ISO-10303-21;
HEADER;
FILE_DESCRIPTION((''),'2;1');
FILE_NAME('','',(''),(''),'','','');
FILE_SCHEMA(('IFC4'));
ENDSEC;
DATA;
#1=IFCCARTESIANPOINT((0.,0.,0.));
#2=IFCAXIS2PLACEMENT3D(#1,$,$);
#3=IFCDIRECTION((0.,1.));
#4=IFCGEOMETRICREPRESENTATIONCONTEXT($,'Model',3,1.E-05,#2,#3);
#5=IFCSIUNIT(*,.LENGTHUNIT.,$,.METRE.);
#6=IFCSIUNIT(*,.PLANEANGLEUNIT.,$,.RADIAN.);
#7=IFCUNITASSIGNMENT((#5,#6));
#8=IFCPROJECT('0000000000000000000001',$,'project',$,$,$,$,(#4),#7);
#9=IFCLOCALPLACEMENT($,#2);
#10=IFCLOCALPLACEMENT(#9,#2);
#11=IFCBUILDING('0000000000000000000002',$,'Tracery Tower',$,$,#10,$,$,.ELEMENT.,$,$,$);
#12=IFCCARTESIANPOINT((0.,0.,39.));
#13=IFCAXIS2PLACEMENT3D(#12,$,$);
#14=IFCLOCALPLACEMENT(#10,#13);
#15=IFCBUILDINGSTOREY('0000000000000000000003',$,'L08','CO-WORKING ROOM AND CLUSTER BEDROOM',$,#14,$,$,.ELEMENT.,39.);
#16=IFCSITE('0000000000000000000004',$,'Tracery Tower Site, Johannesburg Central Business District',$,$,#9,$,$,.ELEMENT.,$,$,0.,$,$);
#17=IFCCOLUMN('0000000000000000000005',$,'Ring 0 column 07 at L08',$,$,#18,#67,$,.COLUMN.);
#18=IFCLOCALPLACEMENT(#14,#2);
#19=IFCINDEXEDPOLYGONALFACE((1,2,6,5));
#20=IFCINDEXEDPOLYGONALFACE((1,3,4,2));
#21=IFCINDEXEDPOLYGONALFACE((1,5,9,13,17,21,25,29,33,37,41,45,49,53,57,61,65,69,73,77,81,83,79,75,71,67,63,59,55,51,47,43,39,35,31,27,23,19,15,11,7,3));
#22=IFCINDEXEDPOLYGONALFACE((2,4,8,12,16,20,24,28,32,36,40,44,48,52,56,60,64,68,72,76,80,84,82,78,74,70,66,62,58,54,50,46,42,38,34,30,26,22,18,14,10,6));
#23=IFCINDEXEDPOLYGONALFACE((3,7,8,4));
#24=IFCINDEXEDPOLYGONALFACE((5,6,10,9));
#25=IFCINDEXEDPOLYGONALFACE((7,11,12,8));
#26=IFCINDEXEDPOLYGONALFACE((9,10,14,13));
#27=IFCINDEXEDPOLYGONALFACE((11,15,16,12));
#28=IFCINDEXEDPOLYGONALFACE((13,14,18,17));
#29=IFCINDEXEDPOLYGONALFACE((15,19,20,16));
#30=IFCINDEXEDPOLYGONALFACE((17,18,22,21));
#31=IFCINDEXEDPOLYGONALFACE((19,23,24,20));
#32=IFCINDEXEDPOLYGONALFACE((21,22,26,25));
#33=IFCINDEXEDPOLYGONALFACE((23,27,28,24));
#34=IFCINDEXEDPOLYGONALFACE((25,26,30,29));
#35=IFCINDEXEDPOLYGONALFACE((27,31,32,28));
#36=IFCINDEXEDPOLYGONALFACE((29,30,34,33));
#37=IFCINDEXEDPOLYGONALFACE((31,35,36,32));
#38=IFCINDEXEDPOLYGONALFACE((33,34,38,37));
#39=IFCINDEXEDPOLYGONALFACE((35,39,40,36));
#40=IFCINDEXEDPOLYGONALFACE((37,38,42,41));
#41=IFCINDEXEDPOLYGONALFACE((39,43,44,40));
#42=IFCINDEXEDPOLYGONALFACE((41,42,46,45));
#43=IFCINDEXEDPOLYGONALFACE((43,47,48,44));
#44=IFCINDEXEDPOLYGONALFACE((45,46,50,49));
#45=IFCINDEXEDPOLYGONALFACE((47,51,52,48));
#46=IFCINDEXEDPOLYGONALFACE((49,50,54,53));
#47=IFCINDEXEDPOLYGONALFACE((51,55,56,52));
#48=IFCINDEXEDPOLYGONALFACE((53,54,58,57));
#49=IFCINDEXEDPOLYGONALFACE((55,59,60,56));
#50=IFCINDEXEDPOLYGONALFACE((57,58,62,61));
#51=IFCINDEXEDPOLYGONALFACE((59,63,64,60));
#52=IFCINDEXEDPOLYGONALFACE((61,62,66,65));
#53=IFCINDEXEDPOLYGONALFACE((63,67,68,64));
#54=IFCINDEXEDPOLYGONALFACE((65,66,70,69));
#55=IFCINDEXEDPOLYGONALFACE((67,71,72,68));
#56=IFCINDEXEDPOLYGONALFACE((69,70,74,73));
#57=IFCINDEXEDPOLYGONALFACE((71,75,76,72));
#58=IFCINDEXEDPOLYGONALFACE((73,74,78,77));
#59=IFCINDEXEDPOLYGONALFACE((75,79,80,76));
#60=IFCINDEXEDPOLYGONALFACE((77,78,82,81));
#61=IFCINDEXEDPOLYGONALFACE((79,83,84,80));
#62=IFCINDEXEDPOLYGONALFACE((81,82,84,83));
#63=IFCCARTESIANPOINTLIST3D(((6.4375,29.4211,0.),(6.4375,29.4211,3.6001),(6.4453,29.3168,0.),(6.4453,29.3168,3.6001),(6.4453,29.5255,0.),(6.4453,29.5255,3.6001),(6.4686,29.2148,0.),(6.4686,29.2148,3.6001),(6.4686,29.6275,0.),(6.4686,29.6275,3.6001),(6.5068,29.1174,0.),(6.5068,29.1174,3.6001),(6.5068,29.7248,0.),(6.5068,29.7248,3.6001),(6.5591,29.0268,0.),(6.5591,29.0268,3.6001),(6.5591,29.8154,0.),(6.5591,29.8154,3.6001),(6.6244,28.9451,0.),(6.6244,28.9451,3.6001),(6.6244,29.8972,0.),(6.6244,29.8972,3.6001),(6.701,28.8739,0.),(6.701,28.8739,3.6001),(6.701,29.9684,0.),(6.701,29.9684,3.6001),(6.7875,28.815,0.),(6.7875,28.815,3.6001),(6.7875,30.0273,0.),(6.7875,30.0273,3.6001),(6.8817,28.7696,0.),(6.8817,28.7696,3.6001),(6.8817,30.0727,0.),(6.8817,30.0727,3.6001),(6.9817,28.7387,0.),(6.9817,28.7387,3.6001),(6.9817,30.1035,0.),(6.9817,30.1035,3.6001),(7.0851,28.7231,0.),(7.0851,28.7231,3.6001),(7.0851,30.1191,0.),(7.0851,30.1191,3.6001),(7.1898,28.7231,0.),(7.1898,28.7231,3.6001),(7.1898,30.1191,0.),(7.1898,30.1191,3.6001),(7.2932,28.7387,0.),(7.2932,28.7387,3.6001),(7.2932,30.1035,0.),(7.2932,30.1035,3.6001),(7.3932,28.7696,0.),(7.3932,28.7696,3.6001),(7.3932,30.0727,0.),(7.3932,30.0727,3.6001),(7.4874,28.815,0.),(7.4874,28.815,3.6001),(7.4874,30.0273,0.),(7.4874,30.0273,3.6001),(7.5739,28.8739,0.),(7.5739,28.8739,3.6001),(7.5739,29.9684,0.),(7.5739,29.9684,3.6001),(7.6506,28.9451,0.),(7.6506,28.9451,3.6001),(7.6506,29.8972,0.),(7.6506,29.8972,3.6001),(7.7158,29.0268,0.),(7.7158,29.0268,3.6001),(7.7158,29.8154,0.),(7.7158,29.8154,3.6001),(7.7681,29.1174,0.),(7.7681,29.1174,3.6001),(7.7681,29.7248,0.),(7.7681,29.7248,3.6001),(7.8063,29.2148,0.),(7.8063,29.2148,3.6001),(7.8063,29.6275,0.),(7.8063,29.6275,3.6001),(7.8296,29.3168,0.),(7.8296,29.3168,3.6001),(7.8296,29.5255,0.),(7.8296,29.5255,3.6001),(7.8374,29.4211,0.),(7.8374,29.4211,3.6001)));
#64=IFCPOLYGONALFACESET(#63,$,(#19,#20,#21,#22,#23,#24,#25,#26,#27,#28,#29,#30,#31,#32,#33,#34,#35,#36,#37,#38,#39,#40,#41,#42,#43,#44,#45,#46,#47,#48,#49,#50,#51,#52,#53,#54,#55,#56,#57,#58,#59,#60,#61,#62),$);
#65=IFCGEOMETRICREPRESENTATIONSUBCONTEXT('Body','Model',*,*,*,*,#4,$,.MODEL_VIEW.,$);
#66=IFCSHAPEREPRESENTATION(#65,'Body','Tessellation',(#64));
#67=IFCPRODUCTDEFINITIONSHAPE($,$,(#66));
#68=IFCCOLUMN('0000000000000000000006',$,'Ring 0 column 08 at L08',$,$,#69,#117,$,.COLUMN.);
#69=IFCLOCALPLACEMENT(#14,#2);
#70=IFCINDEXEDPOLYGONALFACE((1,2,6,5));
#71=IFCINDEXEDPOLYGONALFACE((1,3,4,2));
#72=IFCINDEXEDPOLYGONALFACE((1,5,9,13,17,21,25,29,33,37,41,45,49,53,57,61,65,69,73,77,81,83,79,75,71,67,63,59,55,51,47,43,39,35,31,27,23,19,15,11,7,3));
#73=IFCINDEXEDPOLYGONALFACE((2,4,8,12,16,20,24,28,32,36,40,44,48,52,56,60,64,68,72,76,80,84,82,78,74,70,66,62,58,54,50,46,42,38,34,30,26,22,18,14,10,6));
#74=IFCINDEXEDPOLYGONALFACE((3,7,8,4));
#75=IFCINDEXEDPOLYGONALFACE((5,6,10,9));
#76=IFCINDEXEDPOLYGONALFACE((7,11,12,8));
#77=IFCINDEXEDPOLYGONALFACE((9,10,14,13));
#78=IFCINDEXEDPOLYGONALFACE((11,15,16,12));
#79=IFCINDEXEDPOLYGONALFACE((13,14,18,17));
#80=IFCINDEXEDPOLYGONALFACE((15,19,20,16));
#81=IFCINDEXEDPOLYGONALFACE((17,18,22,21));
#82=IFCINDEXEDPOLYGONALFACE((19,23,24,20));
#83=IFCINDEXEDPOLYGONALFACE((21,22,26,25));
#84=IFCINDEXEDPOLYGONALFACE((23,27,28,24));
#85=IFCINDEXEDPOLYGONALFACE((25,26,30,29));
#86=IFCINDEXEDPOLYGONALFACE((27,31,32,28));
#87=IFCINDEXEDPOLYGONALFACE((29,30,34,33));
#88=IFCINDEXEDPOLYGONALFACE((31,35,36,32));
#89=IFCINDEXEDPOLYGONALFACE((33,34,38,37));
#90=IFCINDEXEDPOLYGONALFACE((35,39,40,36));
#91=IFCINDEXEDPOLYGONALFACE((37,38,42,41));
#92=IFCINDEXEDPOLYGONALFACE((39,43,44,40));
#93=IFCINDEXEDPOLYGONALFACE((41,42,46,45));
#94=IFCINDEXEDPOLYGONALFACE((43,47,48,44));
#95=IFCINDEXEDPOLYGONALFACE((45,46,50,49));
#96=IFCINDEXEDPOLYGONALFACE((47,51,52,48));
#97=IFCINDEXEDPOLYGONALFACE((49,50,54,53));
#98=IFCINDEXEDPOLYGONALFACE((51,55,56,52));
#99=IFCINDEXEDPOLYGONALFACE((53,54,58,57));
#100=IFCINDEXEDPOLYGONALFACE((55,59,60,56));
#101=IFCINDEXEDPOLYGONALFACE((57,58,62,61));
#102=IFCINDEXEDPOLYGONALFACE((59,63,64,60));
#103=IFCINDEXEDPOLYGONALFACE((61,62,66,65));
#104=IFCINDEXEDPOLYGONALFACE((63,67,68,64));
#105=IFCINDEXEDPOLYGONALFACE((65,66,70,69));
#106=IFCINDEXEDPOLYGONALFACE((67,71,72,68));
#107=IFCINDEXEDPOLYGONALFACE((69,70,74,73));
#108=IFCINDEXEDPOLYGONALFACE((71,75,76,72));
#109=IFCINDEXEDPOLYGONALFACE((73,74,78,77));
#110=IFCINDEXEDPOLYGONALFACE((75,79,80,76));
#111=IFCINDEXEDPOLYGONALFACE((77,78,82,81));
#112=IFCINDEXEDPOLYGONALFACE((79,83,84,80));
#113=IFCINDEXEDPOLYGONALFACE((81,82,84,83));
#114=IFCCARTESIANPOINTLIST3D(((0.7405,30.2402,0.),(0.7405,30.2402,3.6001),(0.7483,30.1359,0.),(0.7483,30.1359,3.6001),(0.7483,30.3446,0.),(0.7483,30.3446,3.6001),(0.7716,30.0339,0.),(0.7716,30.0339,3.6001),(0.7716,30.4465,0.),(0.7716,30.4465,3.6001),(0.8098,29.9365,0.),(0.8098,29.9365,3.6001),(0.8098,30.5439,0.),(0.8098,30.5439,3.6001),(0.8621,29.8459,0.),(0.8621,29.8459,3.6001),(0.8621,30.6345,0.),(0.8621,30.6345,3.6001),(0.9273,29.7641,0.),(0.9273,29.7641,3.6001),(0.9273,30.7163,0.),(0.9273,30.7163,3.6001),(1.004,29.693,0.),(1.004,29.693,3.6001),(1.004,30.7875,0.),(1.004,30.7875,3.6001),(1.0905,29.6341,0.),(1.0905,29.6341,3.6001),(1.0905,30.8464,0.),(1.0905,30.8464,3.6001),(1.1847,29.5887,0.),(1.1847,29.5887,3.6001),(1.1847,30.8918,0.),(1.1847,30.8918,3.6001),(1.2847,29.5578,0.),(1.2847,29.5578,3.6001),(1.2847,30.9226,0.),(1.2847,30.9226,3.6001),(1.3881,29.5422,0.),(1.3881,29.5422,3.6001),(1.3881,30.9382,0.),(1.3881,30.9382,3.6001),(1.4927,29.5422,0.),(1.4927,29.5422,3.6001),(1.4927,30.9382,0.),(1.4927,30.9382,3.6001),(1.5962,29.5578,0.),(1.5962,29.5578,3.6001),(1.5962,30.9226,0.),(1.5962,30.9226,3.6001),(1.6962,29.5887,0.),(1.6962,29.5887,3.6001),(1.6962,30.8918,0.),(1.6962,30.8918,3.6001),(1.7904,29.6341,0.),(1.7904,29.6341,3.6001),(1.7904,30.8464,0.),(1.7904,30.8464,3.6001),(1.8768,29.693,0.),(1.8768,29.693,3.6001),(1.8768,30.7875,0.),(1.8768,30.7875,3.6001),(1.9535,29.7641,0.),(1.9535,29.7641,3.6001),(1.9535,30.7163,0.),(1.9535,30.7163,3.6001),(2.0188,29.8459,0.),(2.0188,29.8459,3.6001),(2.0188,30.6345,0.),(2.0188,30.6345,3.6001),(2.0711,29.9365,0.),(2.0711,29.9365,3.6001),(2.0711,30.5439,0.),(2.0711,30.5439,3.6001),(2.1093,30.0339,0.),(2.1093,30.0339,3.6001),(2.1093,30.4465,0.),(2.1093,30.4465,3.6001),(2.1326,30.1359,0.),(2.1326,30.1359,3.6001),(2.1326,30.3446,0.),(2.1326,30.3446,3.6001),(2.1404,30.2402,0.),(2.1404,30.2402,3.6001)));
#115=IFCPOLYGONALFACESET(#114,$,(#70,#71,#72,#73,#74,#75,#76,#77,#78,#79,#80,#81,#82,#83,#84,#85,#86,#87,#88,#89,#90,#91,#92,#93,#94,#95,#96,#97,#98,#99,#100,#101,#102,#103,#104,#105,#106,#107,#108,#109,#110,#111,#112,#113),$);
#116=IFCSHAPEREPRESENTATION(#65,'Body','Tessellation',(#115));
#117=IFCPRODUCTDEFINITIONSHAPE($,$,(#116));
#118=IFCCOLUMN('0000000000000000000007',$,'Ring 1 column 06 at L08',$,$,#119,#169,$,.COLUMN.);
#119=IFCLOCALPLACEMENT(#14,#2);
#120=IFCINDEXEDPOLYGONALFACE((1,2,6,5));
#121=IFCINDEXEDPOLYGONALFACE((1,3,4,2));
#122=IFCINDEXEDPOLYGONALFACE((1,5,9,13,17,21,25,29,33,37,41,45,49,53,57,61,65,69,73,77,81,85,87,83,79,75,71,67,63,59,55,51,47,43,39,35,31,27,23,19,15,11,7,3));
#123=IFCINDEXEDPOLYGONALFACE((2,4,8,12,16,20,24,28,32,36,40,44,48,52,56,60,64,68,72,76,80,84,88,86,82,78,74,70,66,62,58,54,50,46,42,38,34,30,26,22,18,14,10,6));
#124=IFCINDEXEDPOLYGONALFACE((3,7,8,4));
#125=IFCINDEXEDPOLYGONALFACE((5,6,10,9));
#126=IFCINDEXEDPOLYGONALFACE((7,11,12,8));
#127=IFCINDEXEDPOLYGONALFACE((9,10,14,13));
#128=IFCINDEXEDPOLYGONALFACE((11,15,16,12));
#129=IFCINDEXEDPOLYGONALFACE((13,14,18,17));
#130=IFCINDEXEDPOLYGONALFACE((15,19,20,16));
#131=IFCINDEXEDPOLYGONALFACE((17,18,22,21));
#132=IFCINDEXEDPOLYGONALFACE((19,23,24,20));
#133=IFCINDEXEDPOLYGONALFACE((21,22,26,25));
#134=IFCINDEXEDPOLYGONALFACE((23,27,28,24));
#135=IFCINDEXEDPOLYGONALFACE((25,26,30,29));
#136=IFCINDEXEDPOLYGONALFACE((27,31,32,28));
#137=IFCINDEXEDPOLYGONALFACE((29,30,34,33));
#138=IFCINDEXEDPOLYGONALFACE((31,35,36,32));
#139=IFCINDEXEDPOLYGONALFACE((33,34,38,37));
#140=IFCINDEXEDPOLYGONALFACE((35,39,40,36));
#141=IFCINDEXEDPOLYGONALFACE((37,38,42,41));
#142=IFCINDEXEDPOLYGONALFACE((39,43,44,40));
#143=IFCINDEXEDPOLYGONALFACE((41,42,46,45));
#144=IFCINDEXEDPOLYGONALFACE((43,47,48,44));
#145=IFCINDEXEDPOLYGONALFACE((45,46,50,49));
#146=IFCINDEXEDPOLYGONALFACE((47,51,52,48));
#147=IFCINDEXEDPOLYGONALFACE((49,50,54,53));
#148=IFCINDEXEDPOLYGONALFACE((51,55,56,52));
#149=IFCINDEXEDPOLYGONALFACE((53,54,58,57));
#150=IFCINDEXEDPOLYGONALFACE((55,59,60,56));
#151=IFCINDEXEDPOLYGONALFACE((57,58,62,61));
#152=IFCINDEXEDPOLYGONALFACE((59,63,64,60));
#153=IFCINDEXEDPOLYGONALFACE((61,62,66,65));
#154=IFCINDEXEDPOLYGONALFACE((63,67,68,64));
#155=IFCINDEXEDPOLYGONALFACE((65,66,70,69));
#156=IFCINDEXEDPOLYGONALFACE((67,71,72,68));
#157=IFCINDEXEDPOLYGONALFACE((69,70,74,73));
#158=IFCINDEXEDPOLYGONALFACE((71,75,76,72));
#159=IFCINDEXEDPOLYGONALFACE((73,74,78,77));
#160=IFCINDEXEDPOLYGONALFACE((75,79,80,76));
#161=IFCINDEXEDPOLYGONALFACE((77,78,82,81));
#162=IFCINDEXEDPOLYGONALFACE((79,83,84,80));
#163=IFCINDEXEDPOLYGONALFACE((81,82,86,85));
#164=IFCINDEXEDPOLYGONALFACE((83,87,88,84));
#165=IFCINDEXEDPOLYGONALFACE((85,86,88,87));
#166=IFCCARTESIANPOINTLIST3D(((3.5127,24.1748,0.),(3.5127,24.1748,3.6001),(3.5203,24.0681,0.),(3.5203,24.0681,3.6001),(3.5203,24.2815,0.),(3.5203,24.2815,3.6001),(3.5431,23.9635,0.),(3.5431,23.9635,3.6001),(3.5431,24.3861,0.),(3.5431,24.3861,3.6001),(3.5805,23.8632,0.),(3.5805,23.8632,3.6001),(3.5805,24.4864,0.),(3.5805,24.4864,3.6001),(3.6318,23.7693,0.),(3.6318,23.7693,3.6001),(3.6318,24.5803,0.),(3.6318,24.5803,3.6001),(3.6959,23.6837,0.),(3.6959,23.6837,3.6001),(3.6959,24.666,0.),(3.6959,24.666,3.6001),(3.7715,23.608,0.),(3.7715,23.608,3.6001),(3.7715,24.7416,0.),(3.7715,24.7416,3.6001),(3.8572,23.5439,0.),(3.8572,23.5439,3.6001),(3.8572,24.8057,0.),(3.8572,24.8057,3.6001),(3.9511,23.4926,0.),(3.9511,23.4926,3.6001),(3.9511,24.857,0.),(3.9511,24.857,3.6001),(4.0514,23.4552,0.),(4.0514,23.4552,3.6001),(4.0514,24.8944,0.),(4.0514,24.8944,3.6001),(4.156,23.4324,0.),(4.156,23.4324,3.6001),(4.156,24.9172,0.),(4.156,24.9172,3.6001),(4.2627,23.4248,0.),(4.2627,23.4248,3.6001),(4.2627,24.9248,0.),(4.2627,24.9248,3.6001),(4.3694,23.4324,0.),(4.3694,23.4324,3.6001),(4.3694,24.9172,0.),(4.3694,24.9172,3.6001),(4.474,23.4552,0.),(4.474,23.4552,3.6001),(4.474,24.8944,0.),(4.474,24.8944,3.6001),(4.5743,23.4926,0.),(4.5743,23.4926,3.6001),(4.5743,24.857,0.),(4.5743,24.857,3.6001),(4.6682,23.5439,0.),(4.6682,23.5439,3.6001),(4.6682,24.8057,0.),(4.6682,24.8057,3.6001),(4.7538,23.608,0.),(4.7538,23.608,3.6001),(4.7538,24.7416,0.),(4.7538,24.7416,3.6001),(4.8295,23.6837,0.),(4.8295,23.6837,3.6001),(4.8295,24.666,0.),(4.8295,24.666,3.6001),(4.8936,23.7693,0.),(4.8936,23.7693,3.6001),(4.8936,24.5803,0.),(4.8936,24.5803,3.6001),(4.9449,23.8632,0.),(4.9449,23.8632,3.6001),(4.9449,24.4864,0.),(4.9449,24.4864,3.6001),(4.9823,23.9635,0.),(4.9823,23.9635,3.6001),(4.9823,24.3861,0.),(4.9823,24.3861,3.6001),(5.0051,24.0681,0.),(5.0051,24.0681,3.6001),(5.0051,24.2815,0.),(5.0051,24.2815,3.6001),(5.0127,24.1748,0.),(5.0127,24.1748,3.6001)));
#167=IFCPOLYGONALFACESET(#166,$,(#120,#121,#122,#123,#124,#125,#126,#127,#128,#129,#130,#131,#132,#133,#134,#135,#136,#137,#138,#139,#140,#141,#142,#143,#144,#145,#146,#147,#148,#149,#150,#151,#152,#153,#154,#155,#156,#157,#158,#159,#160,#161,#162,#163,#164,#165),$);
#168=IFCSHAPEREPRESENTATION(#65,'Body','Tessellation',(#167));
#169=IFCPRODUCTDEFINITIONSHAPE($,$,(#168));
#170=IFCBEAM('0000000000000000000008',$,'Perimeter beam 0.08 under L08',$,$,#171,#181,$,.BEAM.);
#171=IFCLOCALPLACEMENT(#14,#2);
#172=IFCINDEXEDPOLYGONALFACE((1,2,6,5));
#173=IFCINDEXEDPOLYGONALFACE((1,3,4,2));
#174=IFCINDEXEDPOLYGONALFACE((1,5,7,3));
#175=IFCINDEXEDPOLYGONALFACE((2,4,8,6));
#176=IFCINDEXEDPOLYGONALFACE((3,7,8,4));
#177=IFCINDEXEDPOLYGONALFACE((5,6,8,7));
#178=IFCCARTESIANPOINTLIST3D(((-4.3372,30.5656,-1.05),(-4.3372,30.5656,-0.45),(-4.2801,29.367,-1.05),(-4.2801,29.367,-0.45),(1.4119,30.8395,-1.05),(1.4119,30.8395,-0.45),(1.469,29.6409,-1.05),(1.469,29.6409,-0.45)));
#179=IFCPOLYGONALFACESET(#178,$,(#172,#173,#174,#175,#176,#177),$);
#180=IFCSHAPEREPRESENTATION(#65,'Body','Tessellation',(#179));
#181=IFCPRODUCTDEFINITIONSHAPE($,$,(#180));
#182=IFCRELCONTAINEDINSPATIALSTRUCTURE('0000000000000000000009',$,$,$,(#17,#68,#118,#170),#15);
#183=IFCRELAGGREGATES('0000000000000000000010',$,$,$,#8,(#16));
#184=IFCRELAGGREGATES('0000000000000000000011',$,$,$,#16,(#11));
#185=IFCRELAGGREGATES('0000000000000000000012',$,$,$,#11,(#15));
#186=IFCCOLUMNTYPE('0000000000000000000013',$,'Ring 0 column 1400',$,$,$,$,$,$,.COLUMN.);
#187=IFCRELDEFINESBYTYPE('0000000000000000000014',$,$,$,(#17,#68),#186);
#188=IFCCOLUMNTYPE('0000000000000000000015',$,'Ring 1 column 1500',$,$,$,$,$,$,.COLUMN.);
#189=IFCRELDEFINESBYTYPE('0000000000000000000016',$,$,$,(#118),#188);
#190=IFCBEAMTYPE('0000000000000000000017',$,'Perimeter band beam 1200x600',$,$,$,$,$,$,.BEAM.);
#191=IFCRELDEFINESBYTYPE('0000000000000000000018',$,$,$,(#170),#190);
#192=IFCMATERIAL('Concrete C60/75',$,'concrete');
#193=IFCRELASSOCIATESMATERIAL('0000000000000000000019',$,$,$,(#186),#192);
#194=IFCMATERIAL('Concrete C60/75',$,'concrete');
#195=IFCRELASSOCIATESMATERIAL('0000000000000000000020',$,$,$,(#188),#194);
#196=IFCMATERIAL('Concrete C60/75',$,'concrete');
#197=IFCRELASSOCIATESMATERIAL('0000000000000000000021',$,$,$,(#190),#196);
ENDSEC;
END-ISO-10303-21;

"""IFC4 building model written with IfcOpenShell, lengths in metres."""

from ifc_helpers import new_model, si_unit, direction, frame, origin, origin_2d, place, context, subcontext, project, spatial, rectangle, circle, extrude, material, material_profile, profile_set, type_object, element, save


model = new_model("IFC4")

# Units and contexts
model_context = context("Model", 3, precision=1e-05, world=origin(), true_north=direction((0.0, 1.0)))
body_context = subcontext(model_context, "Body", "Model", "MODEL_VIEW")
ifc_project = project(units=[si_unit("LENGTHUNIT", "METRE"), si_unit("PLANEANGLEUNIT", "RADIAN")], contexts=[model_context])

# Site, building, storey
site_placement = place(None, origin())
site = spatial("IfcSite", under=ifc_project, at=site_placement, Name="Tracery Tower Site, Johannesburg Central Business District", CompositionType="ELEMENT", RefElevation=0.0)
building_placement = place(site_placement, origin())
building = spatial("IfcBuilding", under=site, at=building_placement, Name="Tracery Tower", CompositionType="ELEMENT")
storey_placement = place(building_placement, frame((0.0, 0.0, 39.0)))
storey = spatial("IfcBuildingStorey", under=building, at=storey_placement, Name="L08", Description="CO-WORKING ROOM AND CLUSTER BEDROOM", CompositionType="ELEMENT", Elevation=39.0)

# Columns
ifc_material_1 = material(Name="Concrete C60/75", Category="concrete")
ifc_material_profile_1 = material_profile(ifc_material_1, circle(Radius=0.7, at=origin_2d()), Name="RC D1400")
ifc_profile_set_1 = profile_set([ifc_material_profile_1], Name="Concrete C60/75")
column_type_1 = type_object("IfcColumnType", Name="Ring 0 column 1400", PredefinedType="COLUMN", material=ifc_profile_set_1)
for number, where, z_axis, x_axis, name in (
    (1, (7.1375, 29.4211, 0.0), (0.0, 0.0, 1.0), (1.0, 0.0, 0.0), "Ring 0 column 07 at L08"),
    (2, (1.4404, 30.2402, 0.0), (0.0, 0.0, 1.0), (1.0, 0.0, 0.0), "Ring 0 column 08 at L08"),
):
    element("IfcColumn", number, at=place(storey_placement, frame(where, z_axis=z_axis, x_axis=x_axis)), inside=storey, type_object=column_type_1, Name=name, PredefinedType="COLUMN", context=body_context, shape_type="SweptSolid", body=[
        extrude(circle(Radius=0.7, at=origin_2d()), origin(), (0.0, 0.0, 1.0), 3.6001),
    ])
ifc_material_2 = material(Name="Concrete C60/75", Category="concrete")
ifc_material_profile_2 = material_profile(ifc_material_2, circle(Radius=0.75, at=origin_2d()), Name="RC D1500")
ifc_profile_set_2 = profile_set([ifc_material_profile_2], Name="Concrete C60/75")
column_type_2 = type_object("IfcColumnType", Name="Ring 1 column 1500", PredefinedType="COLUMN", material=ifc_profile_set_2)
column_placement = place(storey_placement, frame((4.2627, 24.1748, 0.0), z_axis=(0.0, 0.0, 1.0), x_axis=(1.0, 0.0, 0.0)))
element("IfcColumn", 3, at=column_placement, inside=storey, type_object=column_type_2, Name="Ring 1 column 06 at L08", PredefinedType="COLUMN", context=body_context, shape_type="SweptSolid", body=[
    extrude(circle(Radius=0.75, at=origin_2d()), origin(), (0.0, 0.0, 1.0), 3.6001),
])

# Beam
ifc_material_3 = material(Name="Concrete C60/75", Category="concrete")
ifc_material_profile_3 = material_profile(ifc_material_3, rectangle(XDim=1.2, YDim=0.6001, at=origin_2d()), Name="RC 1200x600")
ifc_profile_set_3 = profile_set([ifc_material_profile_3], Name="Concrete C60/75")
beam_type = type_object("IfcBeamType", Name="Perimeter band beam 1200x600", PredefinedType="BEAM", material=ifc_profile_set_3)
beam_placement = place(storey_placement, frame((1.4404, 30.2402, -0.75), z_axis=(-0.998867, -0.047593, 0.0), x_axis=(0.047593, -0.998867, 0.0)))
element("IfcBeam", 4, at=beam_placement, inside=storey, type_object=beam_type, Name="Perimeter beam 0.08 under L08", PredefinedType="BEAM", context=body_context, shape_type="SweptSolid", body=[
    extrude(rectangle(XDim=1.2, YDim=0.6001, at=origin_2d()), origin(), (0.0, 0.0, 1.0), 5.7556),
])

save(model, "model.ifc")
